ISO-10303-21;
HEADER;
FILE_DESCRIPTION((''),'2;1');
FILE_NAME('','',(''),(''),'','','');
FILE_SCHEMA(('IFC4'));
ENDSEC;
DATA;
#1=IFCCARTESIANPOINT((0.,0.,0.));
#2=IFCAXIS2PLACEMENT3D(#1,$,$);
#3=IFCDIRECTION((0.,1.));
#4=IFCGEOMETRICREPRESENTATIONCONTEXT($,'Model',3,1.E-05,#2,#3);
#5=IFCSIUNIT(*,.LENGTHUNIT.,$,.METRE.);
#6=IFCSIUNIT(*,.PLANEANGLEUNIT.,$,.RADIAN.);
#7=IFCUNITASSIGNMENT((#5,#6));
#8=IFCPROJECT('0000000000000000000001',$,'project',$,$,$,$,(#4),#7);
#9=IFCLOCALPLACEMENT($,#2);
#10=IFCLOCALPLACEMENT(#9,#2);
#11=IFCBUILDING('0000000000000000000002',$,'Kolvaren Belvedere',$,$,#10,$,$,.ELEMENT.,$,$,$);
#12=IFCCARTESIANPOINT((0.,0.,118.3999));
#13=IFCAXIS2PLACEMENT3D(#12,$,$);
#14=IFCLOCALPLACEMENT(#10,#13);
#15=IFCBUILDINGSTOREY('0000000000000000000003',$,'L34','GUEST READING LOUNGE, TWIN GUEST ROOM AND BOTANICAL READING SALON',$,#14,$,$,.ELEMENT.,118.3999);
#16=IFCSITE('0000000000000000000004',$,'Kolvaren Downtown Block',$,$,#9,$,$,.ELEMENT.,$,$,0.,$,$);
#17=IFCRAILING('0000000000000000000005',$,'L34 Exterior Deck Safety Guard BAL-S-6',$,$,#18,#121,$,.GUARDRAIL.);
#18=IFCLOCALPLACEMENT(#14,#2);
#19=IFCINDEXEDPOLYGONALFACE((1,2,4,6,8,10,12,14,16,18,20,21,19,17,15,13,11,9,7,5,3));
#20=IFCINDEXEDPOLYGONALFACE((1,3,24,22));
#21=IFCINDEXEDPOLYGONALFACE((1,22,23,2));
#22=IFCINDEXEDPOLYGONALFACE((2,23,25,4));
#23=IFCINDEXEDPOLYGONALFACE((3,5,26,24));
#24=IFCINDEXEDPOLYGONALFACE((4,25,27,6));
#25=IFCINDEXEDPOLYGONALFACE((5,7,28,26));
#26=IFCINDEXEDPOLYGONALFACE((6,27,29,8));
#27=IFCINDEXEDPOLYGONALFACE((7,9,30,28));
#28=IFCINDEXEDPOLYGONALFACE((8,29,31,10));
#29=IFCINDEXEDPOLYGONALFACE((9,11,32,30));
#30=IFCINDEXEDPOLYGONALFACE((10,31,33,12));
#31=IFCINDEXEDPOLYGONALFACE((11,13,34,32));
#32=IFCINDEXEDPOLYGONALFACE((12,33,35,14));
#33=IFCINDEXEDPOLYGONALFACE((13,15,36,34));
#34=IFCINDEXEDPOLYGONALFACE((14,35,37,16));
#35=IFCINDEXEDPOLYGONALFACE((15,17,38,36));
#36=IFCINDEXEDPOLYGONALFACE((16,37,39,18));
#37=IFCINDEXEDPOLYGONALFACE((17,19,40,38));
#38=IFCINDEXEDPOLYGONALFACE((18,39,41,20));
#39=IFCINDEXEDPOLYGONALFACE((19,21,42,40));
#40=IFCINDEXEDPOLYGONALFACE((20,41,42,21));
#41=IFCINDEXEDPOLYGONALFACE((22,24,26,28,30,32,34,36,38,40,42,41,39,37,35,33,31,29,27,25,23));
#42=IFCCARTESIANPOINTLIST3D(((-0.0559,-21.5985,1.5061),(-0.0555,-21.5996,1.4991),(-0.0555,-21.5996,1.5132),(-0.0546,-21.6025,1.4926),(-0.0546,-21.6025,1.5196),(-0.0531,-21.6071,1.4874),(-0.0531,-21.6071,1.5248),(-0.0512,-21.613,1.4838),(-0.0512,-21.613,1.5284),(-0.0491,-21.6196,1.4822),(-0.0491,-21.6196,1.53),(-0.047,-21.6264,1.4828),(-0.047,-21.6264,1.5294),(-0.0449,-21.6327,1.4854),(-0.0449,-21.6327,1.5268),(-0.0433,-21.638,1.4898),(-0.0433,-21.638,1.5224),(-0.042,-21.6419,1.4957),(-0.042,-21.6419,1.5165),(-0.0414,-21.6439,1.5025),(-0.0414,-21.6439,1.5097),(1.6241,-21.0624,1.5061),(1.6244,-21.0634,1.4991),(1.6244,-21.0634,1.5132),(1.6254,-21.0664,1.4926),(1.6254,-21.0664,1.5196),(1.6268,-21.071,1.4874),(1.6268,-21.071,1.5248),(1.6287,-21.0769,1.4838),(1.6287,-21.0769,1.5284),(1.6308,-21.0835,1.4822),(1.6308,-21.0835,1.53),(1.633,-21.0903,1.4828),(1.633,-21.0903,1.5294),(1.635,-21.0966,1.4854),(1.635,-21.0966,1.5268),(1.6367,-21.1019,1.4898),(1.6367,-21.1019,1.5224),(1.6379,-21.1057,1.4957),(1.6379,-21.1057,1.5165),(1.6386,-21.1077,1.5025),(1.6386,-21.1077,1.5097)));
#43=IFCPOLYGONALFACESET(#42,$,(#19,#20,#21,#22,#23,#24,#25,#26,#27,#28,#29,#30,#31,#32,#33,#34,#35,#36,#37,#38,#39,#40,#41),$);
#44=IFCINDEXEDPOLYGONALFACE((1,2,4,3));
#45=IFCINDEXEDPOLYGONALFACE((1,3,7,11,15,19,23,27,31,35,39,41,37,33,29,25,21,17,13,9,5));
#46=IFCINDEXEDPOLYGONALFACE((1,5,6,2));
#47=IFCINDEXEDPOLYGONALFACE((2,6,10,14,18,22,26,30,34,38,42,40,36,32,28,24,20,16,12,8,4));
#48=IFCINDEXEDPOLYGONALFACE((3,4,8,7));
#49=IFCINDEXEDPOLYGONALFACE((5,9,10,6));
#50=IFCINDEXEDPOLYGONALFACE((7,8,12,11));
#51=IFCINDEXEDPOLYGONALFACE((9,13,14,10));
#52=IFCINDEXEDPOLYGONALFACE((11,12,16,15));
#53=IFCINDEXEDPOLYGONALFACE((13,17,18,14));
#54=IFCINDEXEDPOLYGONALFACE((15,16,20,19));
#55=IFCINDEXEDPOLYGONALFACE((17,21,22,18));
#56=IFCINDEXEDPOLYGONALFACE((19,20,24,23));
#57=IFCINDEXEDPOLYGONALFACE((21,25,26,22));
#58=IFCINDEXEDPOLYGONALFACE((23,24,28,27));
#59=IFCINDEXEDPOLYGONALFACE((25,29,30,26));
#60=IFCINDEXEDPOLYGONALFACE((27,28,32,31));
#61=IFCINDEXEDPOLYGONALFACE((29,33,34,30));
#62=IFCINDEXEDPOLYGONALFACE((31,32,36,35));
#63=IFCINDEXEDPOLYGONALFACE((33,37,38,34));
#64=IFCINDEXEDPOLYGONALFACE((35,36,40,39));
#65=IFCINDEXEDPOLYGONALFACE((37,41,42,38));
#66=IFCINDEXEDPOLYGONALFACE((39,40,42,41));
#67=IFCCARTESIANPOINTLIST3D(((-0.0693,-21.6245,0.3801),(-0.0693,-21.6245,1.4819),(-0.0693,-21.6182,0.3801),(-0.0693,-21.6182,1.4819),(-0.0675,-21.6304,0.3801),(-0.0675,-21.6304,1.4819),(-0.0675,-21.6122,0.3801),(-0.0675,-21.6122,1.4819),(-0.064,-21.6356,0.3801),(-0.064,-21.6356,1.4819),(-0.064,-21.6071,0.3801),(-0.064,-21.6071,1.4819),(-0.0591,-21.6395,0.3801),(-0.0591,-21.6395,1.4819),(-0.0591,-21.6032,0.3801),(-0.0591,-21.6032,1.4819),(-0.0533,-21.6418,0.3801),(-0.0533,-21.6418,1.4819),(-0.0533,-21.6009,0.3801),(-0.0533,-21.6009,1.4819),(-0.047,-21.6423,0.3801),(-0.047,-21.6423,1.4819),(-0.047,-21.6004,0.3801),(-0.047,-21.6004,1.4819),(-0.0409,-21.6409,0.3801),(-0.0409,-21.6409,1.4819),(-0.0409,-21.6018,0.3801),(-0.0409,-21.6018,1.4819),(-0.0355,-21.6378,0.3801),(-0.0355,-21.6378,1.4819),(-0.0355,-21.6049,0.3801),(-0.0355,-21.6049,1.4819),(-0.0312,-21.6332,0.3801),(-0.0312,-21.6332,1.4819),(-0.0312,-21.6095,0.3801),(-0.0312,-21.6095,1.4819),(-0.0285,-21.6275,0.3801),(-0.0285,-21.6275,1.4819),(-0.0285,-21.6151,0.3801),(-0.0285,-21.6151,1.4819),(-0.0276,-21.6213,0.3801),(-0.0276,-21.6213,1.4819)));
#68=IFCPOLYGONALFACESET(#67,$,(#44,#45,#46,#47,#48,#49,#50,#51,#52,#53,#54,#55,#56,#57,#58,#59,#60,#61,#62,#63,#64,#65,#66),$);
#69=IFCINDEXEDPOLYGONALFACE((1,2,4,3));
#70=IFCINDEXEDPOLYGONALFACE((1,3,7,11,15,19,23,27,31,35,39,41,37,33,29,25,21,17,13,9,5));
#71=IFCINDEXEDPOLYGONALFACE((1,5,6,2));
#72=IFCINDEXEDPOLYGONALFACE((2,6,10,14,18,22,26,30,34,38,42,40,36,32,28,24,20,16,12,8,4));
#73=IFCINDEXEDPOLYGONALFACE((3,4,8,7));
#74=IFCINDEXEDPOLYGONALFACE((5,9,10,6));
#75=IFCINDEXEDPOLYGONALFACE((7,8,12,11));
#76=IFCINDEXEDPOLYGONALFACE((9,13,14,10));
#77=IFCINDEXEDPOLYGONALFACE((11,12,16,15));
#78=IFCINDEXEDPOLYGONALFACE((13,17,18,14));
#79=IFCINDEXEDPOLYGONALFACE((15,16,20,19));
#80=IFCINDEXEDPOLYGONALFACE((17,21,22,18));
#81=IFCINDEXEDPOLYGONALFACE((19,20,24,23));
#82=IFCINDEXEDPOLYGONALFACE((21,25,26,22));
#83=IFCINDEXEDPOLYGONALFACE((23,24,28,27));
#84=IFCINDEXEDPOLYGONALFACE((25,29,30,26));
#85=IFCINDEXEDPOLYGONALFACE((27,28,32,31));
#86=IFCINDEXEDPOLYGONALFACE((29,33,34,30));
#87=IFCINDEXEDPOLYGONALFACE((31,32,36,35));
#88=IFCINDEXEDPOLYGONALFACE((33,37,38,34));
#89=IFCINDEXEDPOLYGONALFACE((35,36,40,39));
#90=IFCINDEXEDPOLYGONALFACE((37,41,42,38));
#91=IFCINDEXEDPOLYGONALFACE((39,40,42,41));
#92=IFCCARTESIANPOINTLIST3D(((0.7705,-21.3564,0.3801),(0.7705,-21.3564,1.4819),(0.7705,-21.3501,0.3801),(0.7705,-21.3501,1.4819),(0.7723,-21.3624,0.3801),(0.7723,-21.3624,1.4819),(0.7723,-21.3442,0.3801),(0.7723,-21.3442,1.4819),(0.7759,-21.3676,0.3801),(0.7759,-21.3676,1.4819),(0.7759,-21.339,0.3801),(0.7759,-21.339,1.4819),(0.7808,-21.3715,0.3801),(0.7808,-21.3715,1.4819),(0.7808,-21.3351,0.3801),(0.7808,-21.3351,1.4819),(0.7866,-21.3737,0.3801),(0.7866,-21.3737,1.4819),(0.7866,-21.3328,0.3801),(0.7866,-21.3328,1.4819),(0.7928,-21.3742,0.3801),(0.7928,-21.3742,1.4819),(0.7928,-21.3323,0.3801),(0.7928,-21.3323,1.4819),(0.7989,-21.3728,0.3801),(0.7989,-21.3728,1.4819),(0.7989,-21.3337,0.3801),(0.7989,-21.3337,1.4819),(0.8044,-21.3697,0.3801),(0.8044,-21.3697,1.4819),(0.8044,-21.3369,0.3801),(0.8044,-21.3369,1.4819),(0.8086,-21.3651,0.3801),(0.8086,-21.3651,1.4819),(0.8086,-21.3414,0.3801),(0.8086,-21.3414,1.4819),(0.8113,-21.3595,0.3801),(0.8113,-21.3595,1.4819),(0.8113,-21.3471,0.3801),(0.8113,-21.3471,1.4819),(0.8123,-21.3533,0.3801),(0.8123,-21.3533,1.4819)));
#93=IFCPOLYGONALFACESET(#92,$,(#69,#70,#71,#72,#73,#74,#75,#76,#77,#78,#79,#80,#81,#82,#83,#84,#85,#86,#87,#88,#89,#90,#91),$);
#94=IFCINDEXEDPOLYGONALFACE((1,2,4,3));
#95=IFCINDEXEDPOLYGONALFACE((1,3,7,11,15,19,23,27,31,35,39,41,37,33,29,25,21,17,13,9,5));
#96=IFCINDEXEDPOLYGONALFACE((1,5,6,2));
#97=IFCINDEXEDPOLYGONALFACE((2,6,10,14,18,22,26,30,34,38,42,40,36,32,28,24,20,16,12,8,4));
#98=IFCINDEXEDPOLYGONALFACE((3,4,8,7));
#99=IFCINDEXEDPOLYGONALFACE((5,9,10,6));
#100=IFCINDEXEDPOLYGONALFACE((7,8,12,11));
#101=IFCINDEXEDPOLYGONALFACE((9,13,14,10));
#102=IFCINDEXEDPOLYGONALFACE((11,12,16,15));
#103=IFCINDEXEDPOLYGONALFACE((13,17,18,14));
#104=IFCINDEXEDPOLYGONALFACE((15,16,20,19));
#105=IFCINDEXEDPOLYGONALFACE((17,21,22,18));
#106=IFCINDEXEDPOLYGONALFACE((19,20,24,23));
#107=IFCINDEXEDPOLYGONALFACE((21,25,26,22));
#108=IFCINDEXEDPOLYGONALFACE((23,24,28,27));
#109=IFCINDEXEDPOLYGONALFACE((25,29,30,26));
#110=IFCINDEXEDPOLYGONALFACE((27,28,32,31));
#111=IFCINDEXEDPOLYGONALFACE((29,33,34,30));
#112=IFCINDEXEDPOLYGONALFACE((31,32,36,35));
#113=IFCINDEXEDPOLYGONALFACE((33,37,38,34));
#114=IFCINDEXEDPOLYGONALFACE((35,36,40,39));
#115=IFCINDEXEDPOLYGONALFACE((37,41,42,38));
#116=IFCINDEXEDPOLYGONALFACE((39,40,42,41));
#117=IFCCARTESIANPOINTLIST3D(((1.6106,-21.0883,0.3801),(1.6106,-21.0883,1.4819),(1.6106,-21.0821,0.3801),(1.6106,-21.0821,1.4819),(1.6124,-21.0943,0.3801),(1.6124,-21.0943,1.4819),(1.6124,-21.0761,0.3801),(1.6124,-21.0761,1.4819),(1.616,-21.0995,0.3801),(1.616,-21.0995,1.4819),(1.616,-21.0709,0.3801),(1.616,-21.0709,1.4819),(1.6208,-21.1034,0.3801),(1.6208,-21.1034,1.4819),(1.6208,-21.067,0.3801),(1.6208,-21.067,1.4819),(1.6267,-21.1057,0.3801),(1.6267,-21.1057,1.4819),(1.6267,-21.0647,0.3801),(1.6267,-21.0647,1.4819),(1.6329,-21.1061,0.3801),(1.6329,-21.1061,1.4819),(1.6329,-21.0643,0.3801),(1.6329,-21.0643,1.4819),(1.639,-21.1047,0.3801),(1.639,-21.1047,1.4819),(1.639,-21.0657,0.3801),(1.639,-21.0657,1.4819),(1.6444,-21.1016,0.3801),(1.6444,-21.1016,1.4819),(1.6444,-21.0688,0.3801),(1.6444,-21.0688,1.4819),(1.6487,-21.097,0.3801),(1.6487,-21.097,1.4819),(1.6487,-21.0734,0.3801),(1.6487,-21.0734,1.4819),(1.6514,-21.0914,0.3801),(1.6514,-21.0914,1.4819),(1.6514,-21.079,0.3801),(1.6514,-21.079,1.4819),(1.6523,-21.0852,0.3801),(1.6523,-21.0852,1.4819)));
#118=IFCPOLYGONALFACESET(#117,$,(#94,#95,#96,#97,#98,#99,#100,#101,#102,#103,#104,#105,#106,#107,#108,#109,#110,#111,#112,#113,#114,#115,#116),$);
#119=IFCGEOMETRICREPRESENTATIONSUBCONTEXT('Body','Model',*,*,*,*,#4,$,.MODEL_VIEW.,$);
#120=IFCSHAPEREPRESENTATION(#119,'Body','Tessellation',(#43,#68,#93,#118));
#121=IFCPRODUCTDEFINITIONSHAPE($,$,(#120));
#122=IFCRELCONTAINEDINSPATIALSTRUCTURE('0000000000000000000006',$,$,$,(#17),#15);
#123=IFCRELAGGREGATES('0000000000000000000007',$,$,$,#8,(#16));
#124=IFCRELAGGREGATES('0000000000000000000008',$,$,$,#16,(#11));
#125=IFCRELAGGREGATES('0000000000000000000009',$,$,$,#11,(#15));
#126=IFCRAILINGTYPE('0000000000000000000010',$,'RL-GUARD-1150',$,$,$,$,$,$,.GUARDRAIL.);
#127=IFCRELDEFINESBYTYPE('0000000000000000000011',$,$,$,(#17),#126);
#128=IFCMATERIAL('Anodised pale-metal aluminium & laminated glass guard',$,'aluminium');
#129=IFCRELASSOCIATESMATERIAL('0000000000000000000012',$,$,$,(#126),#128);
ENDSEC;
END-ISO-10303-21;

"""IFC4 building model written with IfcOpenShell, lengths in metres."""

from ifc_helpers import new_model, si_unit, direction, frame, origin, origin_2d, place, context, subcontext, project, spatial, circle, extrude, material, type_object, element, save


model = new_model("IFC4")

# Units and contexts
model_context = context("Model", 3, precision=1e-05, world=origin(), true_north=direction((0.0, 1.0)))
body_context = subcontext(model_context, "Body", "Model", "MODEL_VIEW")
ifc_project = project(units=[si_unit("LENGTHUNIT", "METRE"), si_unit("PLANEANGLEUNIT", "RADIAN")], contexts=[model_context])

# Site, building, storey
site_placement = place(None, origin())
site = spatial("IfcSite", under=ifc_project, at=site_placement, Name="Kolvaren Downtown Block", CompositionType="ELEMENT", RefElevation=0.0)
building_placement = place(site_placement, origin())
building = spatial("IfcBuilding", under=site, at=building_placement, Name="Kolvaren Belvedere", CompositionType="ELEMENT")
storey_placement = place(building_placement, frame((0.0, 0.0, 118.3999)))
storey = spatial("IfcBuildingStorey", under=building, at=storey_placement, Name="L34", Description="GUEST READING LOUNGE, TWIN GUEST ROOM AND BOTANICAL READING SALON", CompositionType="ELEMENT", Elevation=118.3999)

# Railing
ifc_material_1 = material(Name="Anodised pale-metal aluminium & laminated glass guard", Category="aluminium")
railing_type = type_object("IfcRailingType", Name="RL-GUARD-1150", PredefinedType="GUARDRAIL", material=ifc_material_1)
railing_1_placement = place(storey_placement, frame((-0.0486, -21.6213, 0.3801)))
element("IfcRailing", 1, at=railing_1_placement, inside=storey, type_object=railing_type, Name="L34 Exterior Deck Safety Guard BAL-S-6", PredefinedType="GUARDRAIL", context=body_context, shape_type="SweptSolid", body=[
    extrude(circle(Radius=0.0239, at=origin_2d()), frame((0.0, 0.0, 1.126), z_axis=(0.952662, 0.304032, 0.0), x_axis=(-0.304032, 0.952662, 0.0)), (0.0, 0.0, 1.0), 1.7634),
    extrude(circle(Radius=0.021, at=origin_2d()), origin(), (0.0, 0.0, 1.0), 1.1018),
    extrude(circle(Radius=0.021, at=origin_2d()), frame((0.8398, 0.2681, 0.0)), (0.0, 0.0, 1.0), 1.1018),
    extrude(circle(Radius=0.021, at=origin_2d()), frame((1.6799, 0.5361, 0.0)), (0.0, 0.0, 1.0), 1.1018),
])

save(model, "model.ifc")
